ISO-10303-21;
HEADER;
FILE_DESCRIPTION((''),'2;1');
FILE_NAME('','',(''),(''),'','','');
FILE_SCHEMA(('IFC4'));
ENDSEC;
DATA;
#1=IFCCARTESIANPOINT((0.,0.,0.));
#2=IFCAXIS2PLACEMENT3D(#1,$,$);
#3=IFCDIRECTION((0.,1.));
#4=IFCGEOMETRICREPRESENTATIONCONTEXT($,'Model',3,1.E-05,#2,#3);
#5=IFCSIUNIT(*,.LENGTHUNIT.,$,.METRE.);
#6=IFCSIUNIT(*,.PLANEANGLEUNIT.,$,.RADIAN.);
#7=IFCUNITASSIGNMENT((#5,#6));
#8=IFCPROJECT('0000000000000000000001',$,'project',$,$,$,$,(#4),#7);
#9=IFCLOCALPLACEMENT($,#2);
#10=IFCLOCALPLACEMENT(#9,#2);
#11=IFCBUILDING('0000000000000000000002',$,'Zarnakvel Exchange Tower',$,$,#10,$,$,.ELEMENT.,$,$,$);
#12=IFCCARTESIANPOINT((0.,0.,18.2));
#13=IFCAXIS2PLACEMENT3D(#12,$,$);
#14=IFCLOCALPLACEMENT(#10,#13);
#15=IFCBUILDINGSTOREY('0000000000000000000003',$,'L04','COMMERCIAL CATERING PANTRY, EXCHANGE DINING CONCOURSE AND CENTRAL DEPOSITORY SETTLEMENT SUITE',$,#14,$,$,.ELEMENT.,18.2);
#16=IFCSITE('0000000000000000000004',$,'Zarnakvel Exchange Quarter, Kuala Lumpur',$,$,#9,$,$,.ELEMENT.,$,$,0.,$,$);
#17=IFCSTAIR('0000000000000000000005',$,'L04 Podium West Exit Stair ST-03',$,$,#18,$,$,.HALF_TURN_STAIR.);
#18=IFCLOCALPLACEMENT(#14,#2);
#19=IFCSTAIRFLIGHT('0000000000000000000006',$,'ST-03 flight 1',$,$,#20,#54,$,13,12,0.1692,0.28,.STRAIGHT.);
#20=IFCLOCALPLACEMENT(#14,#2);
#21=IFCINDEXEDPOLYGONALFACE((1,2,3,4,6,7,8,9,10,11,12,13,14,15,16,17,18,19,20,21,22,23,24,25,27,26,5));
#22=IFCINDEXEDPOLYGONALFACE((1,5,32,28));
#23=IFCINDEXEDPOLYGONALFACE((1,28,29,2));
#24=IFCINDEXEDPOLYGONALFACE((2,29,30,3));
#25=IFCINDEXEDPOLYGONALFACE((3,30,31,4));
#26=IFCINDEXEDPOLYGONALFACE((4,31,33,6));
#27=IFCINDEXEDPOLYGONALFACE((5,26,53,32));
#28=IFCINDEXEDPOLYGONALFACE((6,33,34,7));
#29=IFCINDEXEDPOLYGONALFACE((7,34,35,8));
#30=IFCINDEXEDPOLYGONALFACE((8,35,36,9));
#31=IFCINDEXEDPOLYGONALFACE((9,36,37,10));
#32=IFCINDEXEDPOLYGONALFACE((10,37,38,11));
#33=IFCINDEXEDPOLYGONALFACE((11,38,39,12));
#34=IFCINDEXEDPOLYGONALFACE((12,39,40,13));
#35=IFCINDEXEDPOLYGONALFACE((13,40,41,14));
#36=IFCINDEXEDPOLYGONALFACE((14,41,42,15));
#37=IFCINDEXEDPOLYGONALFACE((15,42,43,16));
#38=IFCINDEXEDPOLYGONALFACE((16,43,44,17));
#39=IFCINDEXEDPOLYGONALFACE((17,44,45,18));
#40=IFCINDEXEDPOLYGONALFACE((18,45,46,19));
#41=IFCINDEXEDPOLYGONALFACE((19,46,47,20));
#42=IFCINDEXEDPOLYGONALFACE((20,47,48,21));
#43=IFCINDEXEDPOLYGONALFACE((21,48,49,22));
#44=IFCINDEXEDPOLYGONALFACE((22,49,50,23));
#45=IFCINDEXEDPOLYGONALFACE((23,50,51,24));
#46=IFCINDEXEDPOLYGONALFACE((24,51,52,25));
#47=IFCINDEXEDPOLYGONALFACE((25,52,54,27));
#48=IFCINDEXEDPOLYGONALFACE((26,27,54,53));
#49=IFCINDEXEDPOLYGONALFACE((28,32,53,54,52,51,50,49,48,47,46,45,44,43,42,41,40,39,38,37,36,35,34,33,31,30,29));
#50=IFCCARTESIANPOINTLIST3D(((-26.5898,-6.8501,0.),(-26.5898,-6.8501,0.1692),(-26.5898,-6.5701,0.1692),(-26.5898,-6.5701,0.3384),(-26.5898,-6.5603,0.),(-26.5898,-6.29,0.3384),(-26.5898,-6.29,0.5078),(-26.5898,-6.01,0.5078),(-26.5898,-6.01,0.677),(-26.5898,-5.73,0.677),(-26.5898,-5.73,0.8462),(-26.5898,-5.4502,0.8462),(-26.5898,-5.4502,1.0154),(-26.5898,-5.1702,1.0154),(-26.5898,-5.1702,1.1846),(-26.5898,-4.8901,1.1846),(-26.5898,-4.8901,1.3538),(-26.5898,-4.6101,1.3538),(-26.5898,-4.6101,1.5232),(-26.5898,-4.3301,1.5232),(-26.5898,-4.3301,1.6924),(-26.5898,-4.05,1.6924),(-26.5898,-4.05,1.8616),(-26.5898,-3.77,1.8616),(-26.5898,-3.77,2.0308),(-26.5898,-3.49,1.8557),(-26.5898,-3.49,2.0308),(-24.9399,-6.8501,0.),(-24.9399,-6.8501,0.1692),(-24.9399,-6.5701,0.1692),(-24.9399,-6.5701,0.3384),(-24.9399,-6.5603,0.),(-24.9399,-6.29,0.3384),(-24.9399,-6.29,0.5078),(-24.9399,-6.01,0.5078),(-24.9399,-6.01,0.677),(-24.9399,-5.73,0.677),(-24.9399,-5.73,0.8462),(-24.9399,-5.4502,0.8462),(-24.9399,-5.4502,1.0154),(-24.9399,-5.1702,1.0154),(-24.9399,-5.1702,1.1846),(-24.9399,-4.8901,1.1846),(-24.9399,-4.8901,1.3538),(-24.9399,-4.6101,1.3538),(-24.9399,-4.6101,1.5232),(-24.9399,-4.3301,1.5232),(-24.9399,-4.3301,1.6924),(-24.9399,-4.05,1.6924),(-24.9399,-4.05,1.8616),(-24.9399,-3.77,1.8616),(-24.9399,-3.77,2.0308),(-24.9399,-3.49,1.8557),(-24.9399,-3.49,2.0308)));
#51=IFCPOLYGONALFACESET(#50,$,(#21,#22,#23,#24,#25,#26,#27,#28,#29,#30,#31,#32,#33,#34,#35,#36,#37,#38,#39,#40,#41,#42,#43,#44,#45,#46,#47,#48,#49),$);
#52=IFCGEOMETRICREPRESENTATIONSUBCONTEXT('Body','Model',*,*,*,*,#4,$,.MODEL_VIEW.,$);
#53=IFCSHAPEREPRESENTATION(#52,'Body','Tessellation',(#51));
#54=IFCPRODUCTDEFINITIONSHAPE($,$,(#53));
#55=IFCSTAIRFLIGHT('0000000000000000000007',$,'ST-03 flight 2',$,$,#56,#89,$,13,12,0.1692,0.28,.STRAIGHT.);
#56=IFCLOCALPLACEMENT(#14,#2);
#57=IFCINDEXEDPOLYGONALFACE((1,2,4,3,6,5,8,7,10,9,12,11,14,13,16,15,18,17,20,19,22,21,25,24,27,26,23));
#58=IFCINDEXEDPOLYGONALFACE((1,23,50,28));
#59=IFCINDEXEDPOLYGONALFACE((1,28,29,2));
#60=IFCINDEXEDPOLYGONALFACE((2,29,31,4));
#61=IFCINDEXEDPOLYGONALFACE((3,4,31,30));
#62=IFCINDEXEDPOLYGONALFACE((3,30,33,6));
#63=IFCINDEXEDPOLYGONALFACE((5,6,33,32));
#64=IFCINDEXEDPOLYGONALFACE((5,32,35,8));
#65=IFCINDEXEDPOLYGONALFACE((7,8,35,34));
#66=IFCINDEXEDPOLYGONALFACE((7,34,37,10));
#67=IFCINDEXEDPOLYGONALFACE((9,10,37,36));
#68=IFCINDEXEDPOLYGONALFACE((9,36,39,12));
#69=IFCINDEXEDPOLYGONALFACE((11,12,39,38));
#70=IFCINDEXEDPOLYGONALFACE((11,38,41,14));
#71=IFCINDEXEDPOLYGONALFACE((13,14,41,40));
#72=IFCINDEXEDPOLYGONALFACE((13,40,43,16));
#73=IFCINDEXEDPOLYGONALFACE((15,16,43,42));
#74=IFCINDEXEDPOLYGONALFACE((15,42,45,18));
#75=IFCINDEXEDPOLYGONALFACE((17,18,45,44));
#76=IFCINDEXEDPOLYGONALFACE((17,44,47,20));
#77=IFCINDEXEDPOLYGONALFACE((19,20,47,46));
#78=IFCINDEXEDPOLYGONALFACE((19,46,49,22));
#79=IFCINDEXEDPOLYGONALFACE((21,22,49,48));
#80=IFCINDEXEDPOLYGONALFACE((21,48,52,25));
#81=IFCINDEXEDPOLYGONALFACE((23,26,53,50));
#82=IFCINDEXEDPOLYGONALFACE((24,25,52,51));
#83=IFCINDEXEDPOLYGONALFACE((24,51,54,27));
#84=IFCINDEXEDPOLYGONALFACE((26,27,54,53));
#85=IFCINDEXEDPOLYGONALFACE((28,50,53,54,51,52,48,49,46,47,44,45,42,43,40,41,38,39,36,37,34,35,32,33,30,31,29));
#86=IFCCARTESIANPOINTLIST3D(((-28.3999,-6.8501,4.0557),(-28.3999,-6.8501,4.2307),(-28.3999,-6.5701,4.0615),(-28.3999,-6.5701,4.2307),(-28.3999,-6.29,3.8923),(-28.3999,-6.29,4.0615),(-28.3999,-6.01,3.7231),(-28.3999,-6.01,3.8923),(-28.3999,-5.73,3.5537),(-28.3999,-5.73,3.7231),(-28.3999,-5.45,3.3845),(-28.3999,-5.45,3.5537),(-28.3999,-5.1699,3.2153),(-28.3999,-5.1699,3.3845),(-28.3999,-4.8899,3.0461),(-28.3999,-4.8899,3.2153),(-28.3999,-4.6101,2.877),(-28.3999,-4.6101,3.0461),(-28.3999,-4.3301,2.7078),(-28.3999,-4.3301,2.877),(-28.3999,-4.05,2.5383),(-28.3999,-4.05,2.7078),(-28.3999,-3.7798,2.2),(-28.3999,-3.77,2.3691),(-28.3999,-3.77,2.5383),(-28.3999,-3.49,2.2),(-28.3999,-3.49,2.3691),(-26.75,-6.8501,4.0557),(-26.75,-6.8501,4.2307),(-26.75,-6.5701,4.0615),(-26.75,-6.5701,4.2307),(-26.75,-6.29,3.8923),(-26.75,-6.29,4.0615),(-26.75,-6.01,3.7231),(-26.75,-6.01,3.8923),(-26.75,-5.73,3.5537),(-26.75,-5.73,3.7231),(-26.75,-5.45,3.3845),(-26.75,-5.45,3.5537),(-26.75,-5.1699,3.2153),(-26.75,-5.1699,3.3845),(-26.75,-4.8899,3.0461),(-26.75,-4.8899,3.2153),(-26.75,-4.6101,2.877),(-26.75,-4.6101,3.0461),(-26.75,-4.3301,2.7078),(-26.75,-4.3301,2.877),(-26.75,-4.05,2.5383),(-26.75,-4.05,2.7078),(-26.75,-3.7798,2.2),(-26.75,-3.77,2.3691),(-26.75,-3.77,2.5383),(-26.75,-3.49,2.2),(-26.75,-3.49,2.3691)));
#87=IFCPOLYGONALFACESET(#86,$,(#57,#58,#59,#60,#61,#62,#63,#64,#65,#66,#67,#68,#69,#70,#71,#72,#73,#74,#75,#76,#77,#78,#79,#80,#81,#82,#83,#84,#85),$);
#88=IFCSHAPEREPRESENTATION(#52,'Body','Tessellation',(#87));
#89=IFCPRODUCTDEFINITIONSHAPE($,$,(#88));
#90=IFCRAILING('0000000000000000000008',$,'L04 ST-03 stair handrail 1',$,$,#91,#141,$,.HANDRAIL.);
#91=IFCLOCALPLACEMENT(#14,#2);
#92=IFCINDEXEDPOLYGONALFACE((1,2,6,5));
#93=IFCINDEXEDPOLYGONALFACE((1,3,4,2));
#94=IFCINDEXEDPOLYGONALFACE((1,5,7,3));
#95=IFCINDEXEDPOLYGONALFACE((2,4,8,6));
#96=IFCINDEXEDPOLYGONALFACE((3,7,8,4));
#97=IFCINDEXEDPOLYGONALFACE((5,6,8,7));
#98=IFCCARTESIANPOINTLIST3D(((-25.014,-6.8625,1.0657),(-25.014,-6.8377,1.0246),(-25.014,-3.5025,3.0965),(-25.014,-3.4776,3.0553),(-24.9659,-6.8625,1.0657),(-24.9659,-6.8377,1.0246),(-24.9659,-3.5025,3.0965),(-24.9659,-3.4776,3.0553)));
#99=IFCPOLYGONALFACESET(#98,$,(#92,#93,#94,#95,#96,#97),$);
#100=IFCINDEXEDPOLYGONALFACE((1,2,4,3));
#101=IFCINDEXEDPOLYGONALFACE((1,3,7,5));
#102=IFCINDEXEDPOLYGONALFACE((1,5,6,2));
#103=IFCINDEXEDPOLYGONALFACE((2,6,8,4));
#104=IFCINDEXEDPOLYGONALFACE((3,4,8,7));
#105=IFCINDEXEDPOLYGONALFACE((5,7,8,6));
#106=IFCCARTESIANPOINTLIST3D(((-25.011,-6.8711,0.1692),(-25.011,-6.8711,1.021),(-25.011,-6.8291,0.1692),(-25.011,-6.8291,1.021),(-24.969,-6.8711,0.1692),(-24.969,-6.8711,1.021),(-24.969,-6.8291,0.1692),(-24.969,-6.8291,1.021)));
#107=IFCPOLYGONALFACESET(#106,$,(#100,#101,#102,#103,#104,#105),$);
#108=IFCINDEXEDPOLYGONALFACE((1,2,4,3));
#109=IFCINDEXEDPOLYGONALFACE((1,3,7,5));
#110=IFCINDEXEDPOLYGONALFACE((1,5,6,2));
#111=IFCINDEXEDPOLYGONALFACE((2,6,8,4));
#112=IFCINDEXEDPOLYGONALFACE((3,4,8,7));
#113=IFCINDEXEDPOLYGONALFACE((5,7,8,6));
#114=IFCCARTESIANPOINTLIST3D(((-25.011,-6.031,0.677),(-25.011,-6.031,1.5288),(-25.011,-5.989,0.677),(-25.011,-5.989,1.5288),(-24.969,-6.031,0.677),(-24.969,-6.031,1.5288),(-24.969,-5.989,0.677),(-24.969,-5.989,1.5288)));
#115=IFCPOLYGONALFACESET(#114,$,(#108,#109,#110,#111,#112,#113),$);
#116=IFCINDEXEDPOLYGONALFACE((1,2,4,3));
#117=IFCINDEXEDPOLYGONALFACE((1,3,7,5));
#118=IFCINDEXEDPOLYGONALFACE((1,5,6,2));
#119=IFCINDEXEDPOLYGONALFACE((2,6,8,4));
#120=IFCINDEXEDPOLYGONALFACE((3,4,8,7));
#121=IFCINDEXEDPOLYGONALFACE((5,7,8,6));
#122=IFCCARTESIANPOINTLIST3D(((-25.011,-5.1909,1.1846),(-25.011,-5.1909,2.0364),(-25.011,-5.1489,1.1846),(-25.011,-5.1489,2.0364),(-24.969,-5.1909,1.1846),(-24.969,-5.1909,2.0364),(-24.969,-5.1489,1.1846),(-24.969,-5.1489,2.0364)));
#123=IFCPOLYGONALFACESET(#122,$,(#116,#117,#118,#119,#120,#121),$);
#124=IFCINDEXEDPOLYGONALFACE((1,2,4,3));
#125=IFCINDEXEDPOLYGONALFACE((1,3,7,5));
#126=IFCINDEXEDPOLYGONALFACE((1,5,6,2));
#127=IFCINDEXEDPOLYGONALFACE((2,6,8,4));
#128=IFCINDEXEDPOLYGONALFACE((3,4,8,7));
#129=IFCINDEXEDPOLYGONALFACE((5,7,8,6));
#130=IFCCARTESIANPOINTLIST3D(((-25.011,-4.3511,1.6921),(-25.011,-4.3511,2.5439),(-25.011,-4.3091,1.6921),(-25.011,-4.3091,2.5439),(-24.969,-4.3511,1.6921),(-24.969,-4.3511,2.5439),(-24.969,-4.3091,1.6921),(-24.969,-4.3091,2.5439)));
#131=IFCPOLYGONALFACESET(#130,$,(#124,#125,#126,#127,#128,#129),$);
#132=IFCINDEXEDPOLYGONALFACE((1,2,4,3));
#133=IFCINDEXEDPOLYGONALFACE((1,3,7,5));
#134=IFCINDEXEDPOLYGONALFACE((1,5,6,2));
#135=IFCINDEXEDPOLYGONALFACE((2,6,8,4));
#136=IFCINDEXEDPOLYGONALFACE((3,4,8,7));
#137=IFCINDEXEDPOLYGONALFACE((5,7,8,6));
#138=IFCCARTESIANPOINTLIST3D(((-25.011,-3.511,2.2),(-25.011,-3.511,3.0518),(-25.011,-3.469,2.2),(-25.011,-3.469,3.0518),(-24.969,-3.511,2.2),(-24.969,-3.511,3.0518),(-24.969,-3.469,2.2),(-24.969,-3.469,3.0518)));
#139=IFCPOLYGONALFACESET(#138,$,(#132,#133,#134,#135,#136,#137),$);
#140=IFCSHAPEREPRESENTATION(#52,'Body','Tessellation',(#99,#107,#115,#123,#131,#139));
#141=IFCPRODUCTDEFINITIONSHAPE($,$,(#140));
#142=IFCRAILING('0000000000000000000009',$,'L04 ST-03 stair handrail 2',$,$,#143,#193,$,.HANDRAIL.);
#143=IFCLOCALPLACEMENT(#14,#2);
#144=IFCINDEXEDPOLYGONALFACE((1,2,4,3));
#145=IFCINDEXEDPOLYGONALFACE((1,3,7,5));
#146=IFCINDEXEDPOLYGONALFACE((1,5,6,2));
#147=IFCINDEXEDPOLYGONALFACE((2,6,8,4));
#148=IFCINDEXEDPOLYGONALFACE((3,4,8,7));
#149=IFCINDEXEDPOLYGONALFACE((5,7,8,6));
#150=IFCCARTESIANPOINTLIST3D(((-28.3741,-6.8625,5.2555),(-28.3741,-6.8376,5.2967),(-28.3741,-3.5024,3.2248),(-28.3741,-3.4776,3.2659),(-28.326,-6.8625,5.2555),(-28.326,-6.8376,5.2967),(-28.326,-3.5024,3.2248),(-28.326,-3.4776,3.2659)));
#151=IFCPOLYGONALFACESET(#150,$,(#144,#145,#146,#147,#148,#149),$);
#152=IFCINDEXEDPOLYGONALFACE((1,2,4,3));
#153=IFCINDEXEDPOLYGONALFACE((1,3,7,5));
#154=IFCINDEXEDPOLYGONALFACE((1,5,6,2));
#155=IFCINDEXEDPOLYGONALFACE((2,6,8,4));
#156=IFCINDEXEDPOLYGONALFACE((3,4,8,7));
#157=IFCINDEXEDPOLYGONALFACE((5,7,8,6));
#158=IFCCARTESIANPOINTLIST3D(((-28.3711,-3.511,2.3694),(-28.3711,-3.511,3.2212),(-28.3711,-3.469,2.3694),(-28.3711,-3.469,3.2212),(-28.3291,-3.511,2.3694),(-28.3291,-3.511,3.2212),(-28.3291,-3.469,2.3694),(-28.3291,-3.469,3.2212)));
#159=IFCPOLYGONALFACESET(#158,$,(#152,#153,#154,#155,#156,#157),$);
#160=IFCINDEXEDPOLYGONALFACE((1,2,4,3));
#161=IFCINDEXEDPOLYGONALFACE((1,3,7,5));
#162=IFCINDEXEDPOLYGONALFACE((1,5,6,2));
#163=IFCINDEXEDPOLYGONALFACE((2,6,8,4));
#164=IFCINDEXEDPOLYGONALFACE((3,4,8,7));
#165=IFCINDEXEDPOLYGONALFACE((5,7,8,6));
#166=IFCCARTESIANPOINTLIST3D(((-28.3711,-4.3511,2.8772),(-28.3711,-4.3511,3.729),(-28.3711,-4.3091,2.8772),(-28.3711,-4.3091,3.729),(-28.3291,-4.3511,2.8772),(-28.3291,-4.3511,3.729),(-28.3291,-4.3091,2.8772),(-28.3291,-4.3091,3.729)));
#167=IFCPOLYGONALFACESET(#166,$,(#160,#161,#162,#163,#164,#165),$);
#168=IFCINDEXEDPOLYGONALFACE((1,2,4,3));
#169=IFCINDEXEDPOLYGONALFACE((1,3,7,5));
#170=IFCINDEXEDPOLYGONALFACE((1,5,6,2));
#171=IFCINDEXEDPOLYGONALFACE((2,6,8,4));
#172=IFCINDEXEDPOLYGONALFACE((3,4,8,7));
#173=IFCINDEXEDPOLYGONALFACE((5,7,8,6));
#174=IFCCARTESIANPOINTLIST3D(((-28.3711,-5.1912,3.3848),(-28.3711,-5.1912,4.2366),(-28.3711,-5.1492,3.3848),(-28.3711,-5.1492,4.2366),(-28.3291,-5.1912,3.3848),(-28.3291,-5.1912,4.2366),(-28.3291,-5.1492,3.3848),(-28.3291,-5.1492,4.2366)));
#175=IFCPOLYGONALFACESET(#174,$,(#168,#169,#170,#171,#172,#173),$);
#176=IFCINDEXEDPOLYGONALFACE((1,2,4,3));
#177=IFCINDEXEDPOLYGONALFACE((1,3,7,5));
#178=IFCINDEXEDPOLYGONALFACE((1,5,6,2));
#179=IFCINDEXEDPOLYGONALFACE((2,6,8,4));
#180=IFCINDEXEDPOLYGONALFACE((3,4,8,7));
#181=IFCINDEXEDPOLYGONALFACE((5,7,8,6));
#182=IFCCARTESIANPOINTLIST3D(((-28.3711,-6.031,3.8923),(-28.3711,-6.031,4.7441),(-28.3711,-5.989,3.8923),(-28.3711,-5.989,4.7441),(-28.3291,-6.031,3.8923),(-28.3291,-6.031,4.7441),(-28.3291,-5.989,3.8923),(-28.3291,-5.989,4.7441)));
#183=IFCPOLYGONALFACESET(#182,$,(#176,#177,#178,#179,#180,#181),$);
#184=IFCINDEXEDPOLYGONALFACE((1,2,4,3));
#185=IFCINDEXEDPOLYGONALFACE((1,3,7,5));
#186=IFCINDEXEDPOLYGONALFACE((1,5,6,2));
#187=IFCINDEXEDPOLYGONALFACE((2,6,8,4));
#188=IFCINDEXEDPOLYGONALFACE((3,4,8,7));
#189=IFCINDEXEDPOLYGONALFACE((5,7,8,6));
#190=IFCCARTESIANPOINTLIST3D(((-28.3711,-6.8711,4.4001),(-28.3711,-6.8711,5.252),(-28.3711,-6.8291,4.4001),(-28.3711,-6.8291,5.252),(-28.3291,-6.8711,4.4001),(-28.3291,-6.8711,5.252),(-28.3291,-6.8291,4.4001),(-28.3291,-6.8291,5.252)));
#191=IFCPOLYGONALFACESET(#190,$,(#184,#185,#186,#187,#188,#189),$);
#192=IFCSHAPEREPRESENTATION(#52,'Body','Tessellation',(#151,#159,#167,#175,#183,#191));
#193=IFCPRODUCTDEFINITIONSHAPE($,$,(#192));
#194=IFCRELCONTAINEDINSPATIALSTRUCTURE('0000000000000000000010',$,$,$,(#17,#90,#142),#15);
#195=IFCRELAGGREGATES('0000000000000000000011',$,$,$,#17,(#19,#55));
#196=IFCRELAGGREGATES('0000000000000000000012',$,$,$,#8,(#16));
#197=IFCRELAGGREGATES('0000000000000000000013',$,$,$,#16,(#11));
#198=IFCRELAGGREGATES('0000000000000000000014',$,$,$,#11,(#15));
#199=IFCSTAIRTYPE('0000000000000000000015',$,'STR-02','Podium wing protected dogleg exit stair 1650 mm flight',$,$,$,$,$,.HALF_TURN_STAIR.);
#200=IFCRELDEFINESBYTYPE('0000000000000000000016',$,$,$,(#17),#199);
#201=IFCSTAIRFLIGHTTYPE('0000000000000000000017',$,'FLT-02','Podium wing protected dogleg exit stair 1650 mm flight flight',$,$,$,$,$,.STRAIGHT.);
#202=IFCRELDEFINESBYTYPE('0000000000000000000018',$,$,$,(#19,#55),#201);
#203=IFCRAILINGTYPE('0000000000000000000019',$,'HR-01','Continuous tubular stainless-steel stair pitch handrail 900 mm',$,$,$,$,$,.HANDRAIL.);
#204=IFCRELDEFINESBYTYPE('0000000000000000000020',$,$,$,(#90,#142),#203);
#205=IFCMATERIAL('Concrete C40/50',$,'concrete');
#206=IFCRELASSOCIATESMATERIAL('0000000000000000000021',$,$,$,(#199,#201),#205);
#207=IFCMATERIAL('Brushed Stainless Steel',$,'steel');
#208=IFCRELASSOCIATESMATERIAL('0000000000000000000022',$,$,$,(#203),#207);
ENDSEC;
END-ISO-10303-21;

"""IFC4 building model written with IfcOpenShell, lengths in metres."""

from ifc_helpers import new_model, si_unit, direction, frame, origin, origin_2d, place, context, subcontext, project, spatial, polyline, rectangle, outline, extrude, material, type_object, element, aggregate, save


model = new_model("IFC4")

# Units and contexts
model_context = context("Model", 3, precision=1e-05, world=origin(), true_north=direction((0.0, 1.0)))
body_context = subcontext(model_context, "Body", "Model", "MODEL_VIEW")
ifc_project = project(units=[si_unit("LENGTHUNIT", "METRE"), si_unit("PLANEANGLEUNIT", "RADIAN")], contexts=[model_context])

# Site, building, storey
site_placement = place(None, origin())
site = spatial("IfcSite", under=ifc_project, at=site_placement, Name="Zarnakvel Exchange Quarter, Kuala Lumpur", CompositionType="ELEMENT", RefElevation=0.0)
building_placement = place(site_placement, origin())
building = spatial("IfcBuilding", under=site, at=building_placement, Name="Zarnakvel Exchange Tower", CompositionType="ELEMENT")
storey_placement = place(building_placement, frame((0.0, 0.0, 18.2)))
storey = spatial("IfcBuildingStorey", under=building, at=storey_placement, Name="L04", Description="COMMERCIAL CATERING PANTRY, EXCHANGE DINING CONCOURSE AND CENTRAL DEPOSITORY SETTLEMENT SUITE", CompositionType="ELEMENT", Elevation=18.2)

# Shared definitions
ifc_material_1 = material(Name="Concrete C40/50", Category="concrete")

# Stair, stair flights
stair_type = type_object("IfcStairType", Name="STR-02", Description="Podium wing protected dogleg exit stair 1650 mm flight", PredefinedType="HALF_TURN_STAIR", material=ifc_material_1)
stair_placement = place(storey_placement, origin())
stair = element("IfcStair", 1, at=stair_placement, inside=storey, type_object=stair_type, Name="L04 Podium West Exit Stair ST-03", PredefinedType="HALF_TURN_STAIR")
stair_flight_type = type_object("IfcStairFlightType", Name="FLT-02", Description="Podium wing protected dogleg exit stair 1650 mm flight flight", PredefinedType="STRAIGHT", material=ifc_material_1)
stair_flight_1_placement = place(storey_placement, frame((-25.7649, -6.8501, 0.0), z_axis=(0.0, 0.0, 1.0), x_axis=(0.0, 1.0, 0.0)))
stair_flight_1 = element("IfcStairFlight", 2, at=stair_flight_1_placement, type_object=stair_flight_type, Name="ST-03 flight 1", NumberOfRisers=13, NumberOfTreads=12, PredefinedType="STRAIGHT", RiserHeight=0.1692, TreadLength=0.28, context=body_context, shape_type="SweptSolid", body=[
    extrude(outline(polyline([(0.0, 0.0), (0.0, 0.1692), (0.28, 0.1692), (0.28, 0.3384), (0.5601, 0.3384), (0.5601, 0.5078), (0.8401, 0.5078), (0.8401, 0.677), (1.1201, 0.677), (1.1201, 0.8462), (1.3999, 0.8462), (1.3999, 1.0154), (1.6799, 1.0154), (1.6799, 1.1846), (1.96, 1.1846), (1.96, 1.3538), (2.24, 1.3538), (2.24, 1.5232), (2.52, 1.5232), (2.52, 1.6924), (2.8, 1.6924), (2.8, 1.8616), (3.0801, 1.8616), (3.0801, 2.0308), (3.3601, 2.0308), (3.3601, 2.2), (3.3601, 1.8557), (0.2898, 0.0), (0.0, 0.0)])), frame((0.0, 0.825, 0.0), z_axis=(0.0, -1.0, 0.0), x_axis=(1.0, 0.0, 0.0)), (0.0, 0.0, 1.0), 1.6499),
])
stair_flight_2_placement = place(storey_placement, frame((-27.575, -3.49, 2.2), z_axis=(0.0, 0.0, 1.0), x_axis=(0.0, -1.0, 0.0)))
stair_flight_2 = element("IfcStairFlight", 3, at=stair_flight_2_placement, type_object=stair_flight_type, Name="ST-03 flight 2", NumberOfRisers=13, NumberOfTreads=12, PredefinedType="STRAIGHT", RiserHeight=0.1692, TreadLength=0.28, context=body_context, shape_type="SweptSolid", body=[
    extrude(outline(polyline([(0.0, 0.0), (0.0, 0.1692), (0.28, 0.1692), (0.28, 0.3384), (0.5601, 0.3384), (0.5601, 0.5078), (0.8401, 0.5078), (0.8401, 0.677), (1.1201, 0.677), (1.1201, 0.8462), (1.3999, 0.8462), (1.3999, 1.0154), (1.6799, 1.0154), (1.6799, 1.1846), (1.96, 1.1846), (1.96, 1.3538), (2.24, 1.3538), (2.24, 1.5232), (2.52, 1.5232), (2.52, 1.6924), (2.8, 1.6924), (2.8, 1.8616), (3.0801, 1.8616), (3.0801, 2.0308), (3.3601, 2.0308), (3.3601, 2.2), (3.3601, 1.8557), (0.2898, 0.0), (0.0, 0.0)])), frame((0.0, 0.825, 0.0), z_axis=(0.0, -1.0, 0.0), x_axis=(1.0, 0.0, 0.0)), (0.0, 0.0, 1.0), 1.6499),
])
aggregate(stair, [stair_flight_1, stair_flight_2])

# Railings
ifc_material_2 = material(Name="Brushed Stainless Steel", Category="steel")
railing_type_1 = type_object("IfcRailingType", Name="HR-01", Description="Continuous tubular stainless-steel stair pitch handrail 900 mm", PredefinedType="HANDRAIL", material=ifc_material_2)
railing_1_placement = place(storey_placement, frame((-24.99, -6.8501, 0.1692)))
element("IfcRailing", 4, at=railing_1_placement, inside=storey, type_object=railing_type_1, Name="L04 ST-03 stair handrail 1", PredefinedType="HANDRAIL", context=body_context, shape_type="SweptSolid", body=[
    extrude(rectangle(XDim=0.0481, YDim=0.0481, at=origin_2d()), frame((0.0, 0.0, 0.876), z_axis=(0.0, 0.855837, 0.517246), x_axis=(-1.0, 0.0, 0.0)), (0.0, 0.0, 1.0), 3.926),
    extrude(rectangle(XDim=0.042, YDim=0.042, at=origin_2d()), origin(), (0.0, 0.0, 1.0), 0.8518),
    extrude(rectangle(XDim=0.042, YDim=0.042, at=origin_2d()), frame((0.0, 0.8401, 0.5078)), (0.0, 0.0, 1.0), 0.8518),
    extrude(rectangle(XDim=0.042, YDim=0.042, at=origin_2d()), frame((0.0, 1.6802, 1.0154)), (0.0, 0.0, 1.0), 0.8518),
    extrude(rectangle(XDim=0.042, YDim=0.042, at=origin_2d()), frame((0.0, 2.52, 1.5229)), (0.0, 0.0, 1.0), 0.8518),
    extrude(rectangle(XDim=0.042, YDim=0.042, at=origin_2d()), frame((0.0, 3.3601, 2.0308)), (0.0, 0.0, 1.0), 0.8518),
])
railing_2_placement = place(storey_placement, frame((-28.3501, -3.49, 2.3694)))
element("IfcRailing", 5, at=railing_2_placement, inside=storey, type_object=railing_type_1, Name="L04 ST-03 stair handrail 2", PredefinedType="HANDRAIL", context=body_context, shape_type="SweptSolid", body=[
    extrude(rectangle(XDim=0.0481, YDim=0.0481, at=origin_2d()), frame((0.0, 0.0, 0.876), z_axis=(0.0, -0.855837, 0.517246), x_axis=(1.0, 0.0, 0.0)), (0.0, 0.0, 1.0), 3.926),
    extrude(rectangle(XDim=0.042, YDim=0.042, at=origin_2d()), origin(), (0.0, 0.0, 1.0), 0.8518),
    extrude(rectangle(XDim=0.042, YDim=0.042, at=origin_2d()), frame((0.0, -0.8401, 0.5078)), (0.0, 0.0, 1.0), 0.8518),
    extrude(rectangle(XDim=0.042, YDim=0.042, at=origin_2d()), frame((0.0, -1.6802, 1.0154)), (0.0, 0.0, 1.0), 0.8518),
    extrude(rectangle(XDim=0.042, YDim=0.042, at=origin_2d()), frame((0.0, -2.52, 1.5229)), (0.0, 0.0, 1.0), 0.8518),
    extrude(rectangle(XDim=0.042, YDim=0.042, at=origin_2d()), frame((0.0, -3.3601, 2.0308)), (0.0, 0.0, 1.0), 0.8518),
])

save(model, "model.ifc")
